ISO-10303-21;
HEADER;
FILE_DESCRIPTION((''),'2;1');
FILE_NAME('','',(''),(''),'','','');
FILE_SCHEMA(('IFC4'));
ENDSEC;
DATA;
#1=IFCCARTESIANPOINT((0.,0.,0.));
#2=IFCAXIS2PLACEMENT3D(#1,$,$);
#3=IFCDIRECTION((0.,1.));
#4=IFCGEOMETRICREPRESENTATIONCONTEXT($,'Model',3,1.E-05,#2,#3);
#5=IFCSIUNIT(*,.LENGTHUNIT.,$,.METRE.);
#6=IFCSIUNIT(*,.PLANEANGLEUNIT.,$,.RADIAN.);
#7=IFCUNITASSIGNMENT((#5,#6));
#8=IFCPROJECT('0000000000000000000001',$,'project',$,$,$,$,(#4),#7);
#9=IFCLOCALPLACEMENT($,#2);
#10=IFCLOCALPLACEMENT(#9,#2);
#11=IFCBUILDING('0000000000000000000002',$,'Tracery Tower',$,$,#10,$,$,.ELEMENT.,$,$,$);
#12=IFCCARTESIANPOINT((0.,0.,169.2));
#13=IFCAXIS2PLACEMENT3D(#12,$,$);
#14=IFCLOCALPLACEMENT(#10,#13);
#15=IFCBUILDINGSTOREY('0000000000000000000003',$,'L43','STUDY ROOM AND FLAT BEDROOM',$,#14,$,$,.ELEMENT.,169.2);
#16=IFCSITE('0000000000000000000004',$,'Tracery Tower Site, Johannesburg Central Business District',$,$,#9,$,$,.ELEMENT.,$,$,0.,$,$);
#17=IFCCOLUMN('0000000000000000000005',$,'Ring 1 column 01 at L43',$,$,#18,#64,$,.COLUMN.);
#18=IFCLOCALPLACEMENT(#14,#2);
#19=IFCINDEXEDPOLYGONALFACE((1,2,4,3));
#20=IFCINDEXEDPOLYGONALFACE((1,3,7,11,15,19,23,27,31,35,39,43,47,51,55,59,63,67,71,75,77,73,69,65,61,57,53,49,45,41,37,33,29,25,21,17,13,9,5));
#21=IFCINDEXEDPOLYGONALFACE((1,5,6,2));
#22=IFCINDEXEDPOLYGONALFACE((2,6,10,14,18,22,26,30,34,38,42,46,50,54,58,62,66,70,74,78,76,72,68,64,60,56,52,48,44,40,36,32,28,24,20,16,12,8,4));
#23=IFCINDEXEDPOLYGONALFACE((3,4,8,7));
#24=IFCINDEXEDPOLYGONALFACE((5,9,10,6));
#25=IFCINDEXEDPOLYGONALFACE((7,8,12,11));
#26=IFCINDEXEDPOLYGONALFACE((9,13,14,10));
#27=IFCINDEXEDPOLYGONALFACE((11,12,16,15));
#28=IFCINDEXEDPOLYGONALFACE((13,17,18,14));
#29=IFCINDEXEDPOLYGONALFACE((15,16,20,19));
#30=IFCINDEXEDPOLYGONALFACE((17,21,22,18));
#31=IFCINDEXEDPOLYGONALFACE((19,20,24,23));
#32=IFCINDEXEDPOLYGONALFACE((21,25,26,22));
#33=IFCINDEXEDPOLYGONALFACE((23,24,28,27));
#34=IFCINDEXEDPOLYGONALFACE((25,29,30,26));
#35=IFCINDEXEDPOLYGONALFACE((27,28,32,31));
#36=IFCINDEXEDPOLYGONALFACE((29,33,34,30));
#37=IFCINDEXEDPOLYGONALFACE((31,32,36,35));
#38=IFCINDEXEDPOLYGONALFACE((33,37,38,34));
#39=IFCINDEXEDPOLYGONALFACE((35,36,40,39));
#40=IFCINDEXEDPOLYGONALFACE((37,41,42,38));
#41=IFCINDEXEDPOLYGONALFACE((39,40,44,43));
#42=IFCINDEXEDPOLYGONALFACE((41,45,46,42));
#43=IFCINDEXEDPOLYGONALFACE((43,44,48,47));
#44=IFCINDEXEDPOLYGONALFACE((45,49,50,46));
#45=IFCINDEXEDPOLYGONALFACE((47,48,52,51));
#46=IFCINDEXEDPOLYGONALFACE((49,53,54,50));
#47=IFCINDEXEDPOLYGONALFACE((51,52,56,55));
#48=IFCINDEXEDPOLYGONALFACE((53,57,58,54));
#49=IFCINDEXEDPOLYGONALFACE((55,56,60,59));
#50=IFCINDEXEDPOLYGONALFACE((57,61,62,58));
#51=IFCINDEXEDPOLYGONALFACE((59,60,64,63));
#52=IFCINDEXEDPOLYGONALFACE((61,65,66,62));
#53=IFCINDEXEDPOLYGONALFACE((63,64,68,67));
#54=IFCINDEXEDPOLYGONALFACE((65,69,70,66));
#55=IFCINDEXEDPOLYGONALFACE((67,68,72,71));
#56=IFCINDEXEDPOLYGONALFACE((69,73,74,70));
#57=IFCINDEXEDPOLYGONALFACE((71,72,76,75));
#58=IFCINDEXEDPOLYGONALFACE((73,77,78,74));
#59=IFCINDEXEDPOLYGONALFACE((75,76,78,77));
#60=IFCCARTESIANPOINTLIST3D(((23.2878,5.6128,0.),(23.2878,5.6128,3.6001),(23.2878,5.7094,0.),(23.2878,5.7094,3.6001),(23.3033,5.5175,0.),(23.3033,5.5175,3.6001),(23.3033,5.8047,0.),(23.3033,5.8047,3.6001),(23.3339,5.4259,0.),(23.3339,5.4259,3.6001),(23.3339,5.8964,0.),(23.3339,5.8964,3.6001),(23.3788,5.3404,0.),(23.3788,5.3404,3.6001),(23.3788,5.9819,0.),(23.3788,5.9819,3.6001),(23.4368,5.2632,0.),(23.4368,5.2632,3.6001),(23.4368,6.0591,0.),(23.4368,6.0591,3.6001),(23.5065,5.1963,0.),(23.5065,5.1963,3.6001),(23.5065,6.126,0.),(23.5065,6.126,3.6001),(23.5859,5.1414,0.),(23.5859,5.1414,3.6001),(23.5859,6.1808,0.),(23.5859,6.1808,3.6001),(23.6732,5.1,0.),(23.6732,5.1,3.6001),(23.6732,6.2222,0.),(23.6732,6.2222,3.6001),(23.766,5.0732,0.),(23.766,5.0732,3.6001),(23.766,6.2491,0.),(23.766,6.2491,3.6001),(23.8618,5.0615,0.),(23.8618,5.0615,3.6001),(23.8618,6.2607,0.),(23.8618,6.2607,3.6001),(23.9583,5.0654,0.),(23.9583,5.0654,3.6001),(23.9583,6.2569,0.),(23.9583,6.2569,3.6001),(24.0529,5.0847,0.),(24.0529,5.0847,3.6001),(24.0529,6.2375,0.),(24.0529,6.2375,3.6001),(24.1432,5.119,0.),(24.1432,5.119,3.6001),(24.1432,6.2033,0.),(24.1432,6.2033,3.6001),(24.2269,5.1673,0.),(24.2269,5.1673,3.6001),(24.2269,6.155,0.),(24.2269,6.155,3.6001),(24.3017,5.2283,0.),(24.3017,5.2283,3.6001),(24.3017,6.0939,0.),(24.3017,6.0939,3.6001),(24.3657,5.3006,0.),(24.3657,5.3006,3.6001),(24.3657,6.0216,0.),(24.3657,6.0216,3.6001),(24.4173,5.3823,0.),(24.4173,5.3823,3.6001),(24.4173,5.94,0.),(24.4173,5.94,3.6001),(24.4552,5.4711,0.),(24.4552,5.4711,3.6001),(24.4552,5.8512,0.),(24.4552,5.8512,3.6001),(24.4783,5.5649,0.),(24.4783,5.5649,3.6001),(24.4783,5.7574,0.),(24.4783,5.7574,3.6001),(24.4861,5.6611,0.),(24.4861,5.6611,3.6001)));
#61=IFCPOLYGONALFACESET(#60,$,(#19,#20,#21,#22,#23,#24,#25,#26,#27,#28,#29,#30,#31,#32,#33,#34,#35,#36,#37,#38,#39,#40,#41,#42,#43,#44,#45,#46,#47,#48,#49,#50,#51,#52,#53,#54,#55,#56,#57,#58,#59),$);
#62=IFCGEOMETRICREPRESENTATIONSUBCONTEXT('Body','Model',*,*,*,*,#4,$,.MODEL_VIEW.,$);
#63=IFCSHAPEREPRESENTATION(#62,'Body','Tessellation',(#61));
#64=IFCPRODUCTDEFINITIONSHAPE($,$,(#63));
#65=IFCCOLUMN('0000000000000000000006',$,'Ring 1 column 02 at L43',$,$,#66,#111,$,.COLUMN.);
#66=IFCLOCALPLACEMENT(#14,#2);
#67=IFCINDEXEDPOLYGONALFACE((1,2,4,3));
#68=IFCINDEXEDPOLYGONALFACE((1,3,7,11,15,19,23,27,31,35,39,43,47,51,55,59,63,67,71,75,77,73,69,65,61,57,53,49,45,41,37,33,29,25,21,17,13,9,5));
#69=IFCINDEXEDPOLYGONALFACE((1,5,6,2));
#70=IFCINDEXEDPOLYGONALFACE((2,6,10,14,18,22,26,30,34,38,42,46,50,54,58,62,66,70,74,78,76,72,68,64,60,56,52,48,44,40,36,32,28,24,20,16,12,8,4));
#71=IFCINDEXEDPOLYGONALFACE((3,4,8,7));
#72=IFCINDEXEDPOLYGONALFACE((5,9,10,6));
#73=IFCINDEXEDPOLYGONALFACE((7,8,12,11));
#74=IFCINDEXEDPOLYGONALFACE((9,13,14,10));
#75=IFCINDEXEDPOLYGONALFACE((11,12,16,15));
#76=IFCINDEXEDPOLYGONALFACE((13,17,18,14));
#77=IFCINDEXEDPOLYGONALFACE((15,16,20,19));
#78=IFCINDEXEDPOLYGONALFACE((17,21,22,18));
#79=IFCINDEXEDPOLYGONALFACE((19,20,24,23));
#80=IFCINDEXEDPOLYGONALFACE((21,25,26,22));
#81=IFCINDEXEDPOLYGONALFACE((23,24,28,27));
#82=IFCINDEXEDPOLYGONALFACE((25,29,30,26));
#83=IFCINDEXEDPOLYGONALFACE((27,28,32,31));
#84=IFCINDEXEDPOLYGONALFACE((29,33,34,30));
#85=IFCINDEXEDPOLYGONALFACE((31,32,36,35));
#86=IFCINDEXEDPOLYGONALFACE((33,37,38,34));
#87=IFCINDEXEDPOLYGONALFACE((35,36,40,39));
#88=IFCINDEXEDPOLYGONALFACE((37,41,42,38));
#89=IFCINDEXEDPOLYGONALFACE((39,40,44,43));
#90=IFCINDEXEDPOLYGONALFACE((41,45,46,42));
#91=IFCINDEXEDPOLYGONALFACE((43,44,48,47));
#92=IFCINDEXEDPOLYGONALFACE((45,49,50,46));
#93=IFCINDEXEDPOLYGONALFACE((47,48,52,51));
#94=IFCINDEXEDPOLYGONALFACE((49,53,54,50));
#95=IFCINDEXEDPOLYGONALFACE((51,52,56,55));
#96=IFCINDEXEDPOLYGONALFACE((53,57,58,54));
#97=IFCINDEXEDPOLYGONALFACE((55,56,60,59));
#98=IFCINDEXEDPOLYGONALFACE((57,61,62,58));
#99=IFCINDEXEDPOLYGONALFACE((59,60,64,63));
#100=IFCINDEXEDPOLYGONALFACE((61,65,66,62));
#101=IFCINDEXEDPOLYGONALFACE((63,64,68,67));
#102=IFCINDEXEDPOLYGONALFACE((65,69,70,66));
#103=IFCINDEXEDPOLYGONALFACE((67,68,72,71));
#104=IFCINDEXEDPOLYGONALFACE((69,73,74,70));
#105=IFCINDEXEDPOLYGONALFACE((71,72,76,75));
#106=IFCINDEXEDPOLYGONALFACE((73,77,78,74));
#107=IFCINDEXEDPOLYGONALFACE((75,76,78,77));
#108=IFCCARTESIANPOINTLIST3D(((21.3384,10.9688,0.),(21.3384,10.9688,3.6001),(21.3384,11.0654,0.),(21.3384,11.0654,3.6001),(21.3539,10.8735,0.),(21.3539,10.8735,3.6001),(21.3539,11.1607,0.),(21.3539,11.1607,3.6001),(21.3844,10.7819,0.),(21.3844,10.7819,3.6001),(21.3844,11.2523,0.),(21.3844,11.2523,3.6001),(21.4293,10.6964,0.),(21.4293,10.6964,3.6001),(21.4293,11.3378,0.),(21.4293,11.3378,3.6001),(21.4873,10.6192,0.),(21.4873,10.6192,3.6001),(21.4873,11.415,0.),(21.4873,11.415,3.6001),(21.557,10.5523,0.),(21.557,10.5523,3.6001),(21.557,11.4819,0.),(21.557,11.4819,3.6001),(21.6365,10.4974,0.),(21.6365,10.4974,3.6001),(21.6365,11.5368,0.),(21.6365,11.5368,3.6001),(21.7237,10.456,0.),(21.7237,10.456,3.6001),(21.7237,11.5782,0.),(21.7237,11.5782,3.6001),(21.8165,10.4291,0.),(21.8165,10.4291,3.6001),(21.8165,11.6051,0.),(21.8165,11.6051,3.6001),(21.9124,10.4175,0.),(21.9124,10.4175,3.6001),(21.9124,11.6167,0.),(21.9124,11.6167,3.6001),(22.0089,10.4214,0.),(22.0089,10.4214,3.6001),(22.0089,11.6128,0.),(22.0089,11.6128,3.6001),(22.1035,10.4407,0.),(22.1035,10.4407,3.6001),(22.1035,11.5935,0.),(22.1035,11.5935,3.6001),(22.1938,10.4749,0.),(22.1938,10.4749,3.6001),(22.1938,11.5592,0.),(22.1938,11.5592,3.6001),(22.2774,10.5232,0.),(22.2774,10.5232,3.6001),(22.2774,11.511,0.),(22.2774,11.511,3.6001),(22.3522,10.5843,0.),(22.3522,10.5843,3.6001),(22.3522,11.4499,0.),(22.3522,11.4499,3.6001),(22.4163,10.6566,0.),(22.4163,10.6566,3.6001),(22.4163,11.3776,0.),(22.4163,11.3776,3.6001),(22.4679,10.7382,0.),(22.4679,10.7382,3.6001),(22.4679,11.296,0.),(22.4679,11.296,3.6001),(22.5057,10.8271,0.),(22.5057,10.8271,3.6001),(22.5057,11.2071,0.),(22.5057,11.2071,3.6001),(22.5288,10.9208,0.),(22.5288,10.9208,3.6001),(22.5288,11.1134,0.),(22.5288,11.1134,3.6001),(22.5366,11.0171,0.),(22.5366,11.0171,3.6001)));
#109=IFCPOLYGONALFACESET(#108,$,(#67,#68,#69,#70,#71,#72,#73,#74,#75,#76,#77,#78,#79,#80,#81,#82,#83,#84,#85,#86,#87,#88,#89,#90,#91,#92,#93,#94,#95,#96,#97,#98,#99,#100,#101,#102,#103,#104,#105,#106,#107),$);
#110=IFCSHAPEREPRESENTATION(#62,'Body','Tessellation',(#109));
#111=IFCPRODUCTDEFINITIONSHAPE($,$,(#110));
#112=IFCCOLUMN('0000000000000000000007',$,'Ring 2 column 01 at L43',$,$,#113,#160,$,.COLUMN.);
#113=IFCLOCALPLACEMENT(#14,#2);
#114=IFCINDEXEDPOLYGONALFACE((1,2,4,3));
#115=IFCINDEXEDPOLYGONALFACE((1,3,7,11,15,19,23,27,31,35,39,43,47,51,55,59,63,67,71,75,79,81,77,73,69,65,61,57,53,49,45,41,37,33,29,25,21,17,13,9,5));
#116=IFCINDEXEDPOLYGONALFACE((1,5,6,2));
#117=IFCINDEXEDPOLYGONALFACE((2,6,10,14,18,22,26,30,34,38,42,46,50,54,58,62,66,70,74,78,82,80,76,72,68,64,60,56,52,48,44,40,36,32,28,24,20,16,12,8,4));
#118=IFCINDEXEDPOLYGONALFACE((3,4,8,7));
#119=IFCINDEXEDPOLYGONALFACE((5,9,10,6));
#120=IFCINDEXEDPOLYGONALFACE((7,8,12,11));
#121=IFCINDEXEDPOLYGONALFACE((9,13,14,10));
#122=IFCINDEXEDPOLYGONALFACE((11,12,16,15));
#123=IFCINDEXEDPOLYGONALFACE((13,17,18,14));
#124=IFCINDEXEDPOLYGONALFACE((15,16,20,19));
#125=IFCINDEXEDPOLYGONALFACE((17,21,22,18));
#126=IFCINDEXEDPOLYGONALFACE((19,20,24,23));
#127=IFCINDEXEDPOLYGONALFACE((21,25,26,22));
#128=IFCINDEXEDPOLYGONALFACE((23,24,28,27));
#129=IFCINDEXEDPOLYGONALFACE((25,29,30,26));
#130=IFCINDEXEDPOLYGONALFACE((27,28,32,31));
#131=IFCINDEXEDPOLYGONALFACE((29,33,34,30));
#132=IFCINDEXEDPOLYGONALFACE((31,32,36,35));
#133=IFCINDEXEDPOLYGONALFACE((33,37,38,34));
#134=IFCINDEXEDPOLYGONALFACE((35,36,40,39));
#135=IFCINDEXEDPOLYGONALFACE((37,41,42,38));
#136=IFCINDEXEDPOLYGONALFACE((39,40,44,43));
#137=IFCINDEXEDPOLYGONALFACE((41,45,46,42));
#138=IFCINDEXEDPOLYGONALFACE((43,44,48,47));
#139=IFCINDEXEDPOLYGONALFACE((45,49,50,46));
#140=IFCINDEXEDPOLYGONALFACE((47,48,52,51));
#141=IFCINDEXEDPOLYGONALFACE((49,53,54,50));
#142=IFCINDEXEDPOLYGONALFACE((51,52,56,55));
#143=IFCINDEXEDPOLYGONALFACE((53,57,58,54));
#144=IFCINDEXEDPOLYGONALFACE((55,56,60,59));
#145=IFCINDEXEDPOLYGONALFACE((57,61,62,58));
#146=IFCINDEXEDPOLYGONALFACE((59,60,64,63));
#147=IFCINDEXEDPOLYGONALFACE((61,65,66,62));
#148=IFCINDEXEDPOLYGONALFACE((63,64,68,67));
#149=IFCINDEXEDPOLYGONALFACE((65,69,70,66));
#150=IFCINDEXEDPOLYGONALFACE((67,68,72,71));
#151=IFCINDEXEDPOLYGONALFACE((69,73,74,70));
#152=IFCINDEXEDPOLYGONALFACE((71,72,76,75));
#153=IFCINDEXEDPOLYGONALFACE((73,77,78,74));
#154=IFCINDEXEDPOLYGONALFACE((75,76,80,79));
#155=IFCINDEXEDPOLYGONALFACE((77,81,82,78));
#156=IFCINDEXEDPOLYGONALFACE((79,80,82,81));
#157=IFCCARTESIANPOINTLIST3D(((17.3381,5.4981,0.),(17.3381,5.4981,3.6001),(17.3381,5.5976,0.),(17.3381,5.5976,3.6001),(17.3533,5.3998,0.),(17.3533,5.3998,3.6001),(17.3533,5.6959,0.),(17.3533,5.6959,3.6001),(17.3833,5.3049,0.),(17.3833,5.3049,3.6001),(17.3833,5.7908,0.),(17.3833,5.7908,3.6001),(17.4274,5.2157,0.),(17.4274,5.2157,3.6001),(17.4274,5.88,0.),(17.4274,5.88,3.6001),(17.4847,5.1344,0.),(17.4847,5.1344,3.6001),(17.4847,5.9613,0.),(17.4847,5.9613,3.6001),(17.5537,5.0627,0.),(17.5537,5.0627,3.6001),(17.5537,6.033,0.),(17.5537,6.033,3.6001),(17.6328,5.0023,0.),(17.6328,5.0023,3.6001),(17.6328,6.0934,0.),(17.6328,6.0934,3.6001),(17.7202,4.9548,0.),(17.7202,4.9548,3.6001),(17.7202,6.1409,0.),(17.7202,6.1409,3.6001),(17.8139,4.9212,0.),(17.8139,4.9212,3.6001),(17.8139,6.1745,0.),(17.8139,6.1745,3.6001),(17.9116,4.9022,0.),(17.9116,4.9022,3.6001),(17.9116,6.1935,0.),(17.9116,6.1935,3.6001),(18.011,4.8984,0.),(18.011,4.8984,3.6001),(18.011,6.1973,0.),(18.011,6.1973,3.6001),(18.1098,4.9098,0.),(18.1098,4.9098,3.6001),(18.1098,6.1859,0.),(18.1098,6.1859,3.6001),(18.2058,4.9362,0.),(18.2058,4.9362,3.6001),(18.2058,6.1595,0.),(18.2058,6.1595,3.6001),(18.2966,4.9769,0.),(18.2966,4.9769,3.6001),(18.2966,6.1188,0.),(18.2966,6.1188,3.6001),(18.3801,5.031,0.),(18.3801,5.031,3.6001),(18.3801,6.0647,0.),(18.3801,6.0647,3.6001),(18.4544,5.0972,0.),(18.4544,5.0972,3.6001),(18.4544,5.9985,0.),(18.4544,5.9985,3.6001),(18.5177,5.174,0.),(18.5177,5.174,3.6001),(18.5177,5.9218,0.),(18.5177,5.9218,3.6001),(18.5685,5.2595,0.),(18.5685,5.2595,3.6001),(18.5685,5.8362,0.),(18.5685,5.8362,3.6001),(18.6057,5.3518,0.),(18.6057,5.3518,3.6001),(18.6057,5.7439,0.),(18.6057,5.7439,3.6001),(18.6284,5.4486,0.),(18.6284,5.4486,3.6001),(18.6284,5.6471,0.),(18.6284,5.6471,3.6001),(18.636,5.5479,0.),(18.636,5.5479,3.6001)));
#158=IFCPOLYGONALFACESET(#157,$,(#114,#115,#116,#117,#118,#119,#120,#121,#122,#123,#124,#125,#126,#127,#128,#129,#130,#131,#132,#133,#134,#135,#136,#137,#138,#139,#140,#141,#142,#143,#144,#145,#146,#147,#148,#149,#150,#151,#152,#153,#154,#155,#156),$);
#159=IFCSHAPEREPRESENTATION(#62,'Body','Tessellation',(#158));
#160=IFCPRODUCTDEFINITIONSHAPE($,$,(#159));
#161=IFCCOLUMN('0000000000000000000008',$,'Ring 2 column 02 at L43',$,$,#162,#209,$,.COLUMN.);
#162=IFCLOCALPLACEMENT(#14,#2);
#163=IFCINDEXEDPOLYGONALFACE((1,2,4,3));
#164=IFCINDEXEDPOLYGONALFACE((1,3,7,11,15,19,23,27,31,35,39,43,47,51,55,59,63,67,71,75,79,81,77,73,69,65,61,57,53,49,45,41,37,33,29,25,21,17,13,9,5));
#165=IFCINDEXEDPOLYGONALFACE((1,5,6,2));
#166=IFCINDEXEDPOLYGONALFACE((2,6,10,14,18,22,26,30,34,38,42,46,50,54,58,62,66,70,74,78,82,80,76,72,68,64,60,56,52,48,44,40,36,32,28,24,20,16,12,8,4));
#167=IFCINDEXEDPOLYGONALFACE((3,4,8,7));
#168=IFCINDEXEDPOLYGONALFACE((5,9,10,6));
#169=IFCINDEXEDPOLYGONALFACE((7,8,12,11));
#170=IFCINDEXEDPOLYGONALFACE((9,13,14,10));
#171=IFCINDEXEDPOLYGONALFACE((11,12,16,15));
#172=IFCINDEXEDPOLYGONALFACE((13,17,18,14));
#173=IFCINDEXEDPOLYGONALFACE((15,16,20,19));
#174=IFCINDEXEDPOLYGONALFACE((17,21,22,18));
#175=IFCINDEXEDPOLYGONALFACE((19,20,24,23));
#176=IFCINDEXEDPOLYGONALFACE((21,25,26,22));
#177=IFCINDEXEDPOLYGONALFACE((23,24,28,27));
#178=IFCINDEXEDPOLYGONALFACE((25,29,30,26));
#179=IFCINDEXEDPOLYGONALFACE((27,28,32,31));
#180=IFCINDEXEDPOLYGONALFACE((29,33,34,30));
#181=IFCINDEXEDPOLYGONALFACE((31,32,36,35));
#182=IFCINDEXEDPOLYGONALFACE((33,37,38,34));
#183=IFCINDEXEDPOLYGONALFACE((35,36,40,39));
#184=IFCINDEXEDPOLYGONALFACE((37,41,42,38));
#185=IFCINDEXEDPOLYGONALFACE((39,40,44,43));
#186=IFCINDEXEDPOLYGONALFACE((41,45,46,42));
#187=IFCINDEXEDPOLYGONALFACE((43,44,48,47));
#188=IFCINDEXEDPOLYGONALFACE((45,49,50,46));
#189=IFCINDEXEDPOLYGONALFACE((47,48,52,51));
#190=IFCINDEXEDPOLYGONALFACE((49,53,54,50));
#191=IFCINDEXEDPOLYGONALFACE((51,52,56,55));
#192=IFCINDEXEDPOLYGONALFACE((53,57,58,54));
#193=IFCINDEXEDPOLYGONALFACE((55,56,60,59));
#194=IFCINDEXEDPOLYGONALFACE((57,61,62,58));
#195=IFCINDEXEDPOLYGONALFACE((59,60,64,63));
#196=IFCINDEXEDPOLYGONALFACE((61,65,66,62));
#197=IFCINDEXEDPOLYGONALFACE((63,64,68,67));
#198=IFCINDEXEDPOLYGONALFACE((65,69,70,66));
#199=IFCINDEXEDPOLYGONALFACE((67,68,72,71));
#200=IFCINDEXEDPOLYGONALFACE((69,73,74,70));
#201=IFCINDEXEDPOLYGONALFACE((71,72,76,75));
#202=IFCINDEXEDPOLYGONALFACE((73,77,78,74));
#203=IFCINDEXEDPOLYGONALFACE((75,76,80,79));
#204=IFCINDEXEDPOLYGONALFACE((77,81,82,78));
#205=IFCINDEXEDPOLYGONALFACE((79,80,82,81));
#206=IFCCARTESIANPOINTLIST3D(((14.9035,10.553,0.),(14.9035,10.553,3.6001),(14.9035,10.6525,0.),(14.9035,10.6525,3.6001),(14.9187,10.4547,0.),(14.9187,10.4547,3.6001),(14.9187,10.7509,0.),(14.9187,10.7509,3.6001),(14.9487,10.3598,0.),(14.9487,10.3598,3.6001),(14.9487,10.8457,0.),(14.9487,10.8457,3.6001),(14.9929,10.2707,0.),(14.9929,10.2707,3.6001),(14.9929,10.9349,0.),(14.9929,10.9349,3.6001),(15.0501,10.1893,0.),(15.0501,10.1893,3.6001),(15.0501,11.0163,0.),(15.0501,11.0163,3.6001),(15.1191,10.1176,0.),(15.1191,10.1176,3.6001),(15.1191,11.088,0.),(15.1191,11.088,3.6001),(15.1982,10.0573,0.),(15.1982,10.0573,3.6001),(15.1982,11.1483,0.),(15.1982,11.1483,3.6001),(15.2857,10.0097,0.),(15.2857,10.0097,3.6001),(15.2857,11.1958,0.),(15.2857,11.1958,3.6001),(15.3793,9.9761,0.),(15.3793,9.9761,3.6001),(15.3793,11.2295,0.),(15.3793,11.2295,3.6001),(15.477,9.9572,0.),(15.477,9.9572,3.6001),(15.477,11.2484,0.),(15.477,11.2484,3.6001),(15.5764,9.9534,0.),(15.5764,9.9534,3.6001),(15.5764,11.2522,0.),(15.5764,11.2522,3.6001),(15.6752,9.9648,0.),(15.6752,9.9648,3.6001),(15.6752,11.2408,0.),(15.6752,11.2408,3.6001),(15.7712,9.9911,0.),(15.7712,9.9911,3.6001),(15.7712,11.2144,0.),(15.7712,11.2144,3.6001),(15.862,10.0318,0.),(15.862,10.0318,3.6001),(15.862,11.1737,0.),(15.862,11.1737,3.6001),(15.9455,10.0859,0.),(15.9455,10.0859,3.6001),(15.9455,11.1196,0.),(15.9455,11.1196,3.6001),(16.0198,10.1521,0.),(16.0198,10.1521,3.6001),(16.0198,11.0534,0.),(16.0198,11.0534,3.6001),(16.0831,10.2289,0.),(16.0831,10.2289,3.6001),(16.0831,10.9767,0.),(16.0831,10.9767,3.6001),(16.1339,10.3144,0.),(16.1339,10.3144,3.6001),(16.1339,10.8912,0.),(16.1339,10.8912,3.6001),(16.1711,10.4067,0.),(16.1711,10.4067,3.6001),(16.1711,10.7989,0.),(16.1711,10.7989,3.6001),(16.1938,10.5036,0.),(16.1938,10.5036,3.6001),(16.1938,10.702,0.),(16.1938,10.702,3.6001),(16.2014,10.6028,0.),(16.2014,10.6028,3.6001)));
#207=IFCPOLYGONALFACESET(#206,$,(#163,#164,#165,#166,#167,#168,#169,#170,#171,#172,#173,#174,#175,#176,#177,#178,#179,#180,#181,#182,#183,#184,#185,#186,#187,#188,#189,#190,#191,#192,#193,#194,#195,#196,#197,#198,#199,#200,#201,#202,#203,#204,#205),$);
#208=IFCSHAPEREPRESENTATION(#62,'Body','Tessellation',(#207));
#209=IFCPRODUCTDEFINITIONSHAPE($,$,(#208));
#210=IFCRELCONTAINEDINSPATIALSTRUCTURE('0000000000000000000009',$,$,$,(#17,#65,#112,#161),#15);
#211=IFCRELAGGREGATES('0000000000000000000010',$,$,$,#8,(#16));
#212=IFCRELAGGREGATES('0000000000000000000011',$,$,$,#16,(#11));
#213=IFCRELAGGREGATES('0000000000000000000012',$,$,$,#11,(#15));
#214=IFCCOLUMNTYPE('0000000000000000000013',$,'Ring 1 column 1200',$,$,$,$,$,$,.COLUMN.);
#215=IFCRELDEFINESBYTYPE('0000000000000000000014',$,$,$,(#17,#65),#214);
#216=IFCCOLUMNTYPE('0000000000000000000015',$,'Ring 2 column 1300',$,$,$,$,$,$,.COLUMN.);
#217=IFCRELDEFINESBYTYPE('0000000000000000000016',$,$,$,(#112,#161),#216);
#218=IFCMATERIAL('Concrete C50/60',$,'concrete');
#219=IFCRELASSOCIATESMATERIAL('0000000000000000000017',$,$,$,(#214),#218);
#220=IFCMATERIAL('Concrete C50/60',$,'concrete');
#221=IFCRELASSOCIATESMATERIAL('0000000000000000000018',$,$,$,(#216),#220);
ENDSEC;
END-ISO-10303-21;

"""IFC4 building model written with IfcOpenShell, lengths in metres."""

from ifc_helpers import new_model, si_unit, direction, frame, origin, origin_2d, place, context, subcontext, project, spatial, circle, extrude, material, material_profile, profile_set, type_object, element, save


model = new_model("IFC4")

# Units and contexts
model_context = context("Model", 3, precision=1e-05, world=origin(), true_north=direction((0.0, 1.0)))
body_context = subcontext(model_context, "Body", "Model", "MODEL_VIEW")
ifc_project = project(units=[si_unit("LENGTHUNIT", "METRE"), si_unit("PLANEANGLEUNIT", "RADIAN")], contexts=[model_context])

# Site, building, storey
site_placement = place(None, origin())
site = spatial("IfcSite", under=ifc_project, at=site_placement, Name="Tracery Tower Site, Johannesburg Central Business District", CompositionType="ELEMENT", RefElevation=0.0)
building_placement = place(site_placement, origin())
building = spatial("IfcBuilding", under=site, at=building_placement, Name="Tracery Tower", CompositionType="ELEMENT")
storey_placement = place(building_placement, frame((0.0, 0.0, 169.2)))
storey = spatial("IfcBuildingStorey", under=building, at=storey_placement, Name="L43", Description="STUDY ROOM AND FLAT BEDROOM", CompositionType="ELEMENT", Elevation=169.2)

# Columns
ifc_material_1 = material(Name="Concrete C50/60", Category="concrete")
ifc_material_profile_1 = material_profile(ifc_material_1, circle(Radius=0.6001, at=origin_2d()), Name="RC D1200")
ifc_profile_set_1 = profile_set([ifc_material_profile_1], Name="Concrete C50/60")
column_type_1 = type_object("IfcColumnType", Name="Ring 1 column 1200", PredefinedType="COLUMN", material=ifc_profile_set_1)
for number, where, z_axis, x_axis, name in (
    (1, (23.886, 5.6611, 0.0), (0.0, 0.0, 1.0), (1.0, 0.0, 0.0), "Ring 1 column 01 at L43"),
    (2, (21.9365, 11.0171, 0.0), (0.0, 0.0, 1.0), (1.0, 0.0, 0.0), "Ring 1 column 02 at L43"),
):
    element("IfcColumn", number, at=place(storey_placement, frame(where, z_axis=z_axis, x_axis=x_axis)), inside=storey, type_object=column_type_1, Name=name, PredefinedType="COLUMN", context=body_context, shape_type="SweptSolid", body=[
        extrude(circle(Radius=0.6001, at=origin_2d()), origin(), (0.0, 0.0, 1.0), 3.6001),
    ])
ifc_material_2 = material(Name="Concrete C50/60", Category="concrete")
ifc_material_profile_2 = material_profile(ifc_material_2, circle(Radius=0.6499, at=origin_2d()), Name="RC D1300")
ifc_profile_set_2 = profile_set([ifc_material_profile_2], Name="Concrete C50/60")
column_type_2 = type_object("IfcColumnType", Name="Ring 2 column 1300", PredefinedType="COLUMN", material=ifc_profile_set_2)
for number, where, z_axis, x_axis, name in (
    (3, (17.9861, 5.5479, 0.0), (0.0, 0.0, 1.0), (1.0, 0.0, 0.0), "Ring 2 column 01 at L43"),
    (4, (15.5515, 10.6028, 0.0), (0.0, 0.0, 1.0), (1.0, 0.0, 0.0), "Ring 2 column 02 at L43"),
):
    element("IfcColumn", number, at=place(storey_placement, frame(where, z_axis=z_axis, x_axis=x_axis)), inside=storey, type_object=column_type_2, Name=name, PredefinedType="COLUMN", context=body_context, shape_type="SweptSolid", body=[
        extrude(circle(Radius=0.6499, at=origin_2d()), origin(), (0.0, 0.0, 1.0), 3.6001),
    ])

save(model, "model.ifc")
